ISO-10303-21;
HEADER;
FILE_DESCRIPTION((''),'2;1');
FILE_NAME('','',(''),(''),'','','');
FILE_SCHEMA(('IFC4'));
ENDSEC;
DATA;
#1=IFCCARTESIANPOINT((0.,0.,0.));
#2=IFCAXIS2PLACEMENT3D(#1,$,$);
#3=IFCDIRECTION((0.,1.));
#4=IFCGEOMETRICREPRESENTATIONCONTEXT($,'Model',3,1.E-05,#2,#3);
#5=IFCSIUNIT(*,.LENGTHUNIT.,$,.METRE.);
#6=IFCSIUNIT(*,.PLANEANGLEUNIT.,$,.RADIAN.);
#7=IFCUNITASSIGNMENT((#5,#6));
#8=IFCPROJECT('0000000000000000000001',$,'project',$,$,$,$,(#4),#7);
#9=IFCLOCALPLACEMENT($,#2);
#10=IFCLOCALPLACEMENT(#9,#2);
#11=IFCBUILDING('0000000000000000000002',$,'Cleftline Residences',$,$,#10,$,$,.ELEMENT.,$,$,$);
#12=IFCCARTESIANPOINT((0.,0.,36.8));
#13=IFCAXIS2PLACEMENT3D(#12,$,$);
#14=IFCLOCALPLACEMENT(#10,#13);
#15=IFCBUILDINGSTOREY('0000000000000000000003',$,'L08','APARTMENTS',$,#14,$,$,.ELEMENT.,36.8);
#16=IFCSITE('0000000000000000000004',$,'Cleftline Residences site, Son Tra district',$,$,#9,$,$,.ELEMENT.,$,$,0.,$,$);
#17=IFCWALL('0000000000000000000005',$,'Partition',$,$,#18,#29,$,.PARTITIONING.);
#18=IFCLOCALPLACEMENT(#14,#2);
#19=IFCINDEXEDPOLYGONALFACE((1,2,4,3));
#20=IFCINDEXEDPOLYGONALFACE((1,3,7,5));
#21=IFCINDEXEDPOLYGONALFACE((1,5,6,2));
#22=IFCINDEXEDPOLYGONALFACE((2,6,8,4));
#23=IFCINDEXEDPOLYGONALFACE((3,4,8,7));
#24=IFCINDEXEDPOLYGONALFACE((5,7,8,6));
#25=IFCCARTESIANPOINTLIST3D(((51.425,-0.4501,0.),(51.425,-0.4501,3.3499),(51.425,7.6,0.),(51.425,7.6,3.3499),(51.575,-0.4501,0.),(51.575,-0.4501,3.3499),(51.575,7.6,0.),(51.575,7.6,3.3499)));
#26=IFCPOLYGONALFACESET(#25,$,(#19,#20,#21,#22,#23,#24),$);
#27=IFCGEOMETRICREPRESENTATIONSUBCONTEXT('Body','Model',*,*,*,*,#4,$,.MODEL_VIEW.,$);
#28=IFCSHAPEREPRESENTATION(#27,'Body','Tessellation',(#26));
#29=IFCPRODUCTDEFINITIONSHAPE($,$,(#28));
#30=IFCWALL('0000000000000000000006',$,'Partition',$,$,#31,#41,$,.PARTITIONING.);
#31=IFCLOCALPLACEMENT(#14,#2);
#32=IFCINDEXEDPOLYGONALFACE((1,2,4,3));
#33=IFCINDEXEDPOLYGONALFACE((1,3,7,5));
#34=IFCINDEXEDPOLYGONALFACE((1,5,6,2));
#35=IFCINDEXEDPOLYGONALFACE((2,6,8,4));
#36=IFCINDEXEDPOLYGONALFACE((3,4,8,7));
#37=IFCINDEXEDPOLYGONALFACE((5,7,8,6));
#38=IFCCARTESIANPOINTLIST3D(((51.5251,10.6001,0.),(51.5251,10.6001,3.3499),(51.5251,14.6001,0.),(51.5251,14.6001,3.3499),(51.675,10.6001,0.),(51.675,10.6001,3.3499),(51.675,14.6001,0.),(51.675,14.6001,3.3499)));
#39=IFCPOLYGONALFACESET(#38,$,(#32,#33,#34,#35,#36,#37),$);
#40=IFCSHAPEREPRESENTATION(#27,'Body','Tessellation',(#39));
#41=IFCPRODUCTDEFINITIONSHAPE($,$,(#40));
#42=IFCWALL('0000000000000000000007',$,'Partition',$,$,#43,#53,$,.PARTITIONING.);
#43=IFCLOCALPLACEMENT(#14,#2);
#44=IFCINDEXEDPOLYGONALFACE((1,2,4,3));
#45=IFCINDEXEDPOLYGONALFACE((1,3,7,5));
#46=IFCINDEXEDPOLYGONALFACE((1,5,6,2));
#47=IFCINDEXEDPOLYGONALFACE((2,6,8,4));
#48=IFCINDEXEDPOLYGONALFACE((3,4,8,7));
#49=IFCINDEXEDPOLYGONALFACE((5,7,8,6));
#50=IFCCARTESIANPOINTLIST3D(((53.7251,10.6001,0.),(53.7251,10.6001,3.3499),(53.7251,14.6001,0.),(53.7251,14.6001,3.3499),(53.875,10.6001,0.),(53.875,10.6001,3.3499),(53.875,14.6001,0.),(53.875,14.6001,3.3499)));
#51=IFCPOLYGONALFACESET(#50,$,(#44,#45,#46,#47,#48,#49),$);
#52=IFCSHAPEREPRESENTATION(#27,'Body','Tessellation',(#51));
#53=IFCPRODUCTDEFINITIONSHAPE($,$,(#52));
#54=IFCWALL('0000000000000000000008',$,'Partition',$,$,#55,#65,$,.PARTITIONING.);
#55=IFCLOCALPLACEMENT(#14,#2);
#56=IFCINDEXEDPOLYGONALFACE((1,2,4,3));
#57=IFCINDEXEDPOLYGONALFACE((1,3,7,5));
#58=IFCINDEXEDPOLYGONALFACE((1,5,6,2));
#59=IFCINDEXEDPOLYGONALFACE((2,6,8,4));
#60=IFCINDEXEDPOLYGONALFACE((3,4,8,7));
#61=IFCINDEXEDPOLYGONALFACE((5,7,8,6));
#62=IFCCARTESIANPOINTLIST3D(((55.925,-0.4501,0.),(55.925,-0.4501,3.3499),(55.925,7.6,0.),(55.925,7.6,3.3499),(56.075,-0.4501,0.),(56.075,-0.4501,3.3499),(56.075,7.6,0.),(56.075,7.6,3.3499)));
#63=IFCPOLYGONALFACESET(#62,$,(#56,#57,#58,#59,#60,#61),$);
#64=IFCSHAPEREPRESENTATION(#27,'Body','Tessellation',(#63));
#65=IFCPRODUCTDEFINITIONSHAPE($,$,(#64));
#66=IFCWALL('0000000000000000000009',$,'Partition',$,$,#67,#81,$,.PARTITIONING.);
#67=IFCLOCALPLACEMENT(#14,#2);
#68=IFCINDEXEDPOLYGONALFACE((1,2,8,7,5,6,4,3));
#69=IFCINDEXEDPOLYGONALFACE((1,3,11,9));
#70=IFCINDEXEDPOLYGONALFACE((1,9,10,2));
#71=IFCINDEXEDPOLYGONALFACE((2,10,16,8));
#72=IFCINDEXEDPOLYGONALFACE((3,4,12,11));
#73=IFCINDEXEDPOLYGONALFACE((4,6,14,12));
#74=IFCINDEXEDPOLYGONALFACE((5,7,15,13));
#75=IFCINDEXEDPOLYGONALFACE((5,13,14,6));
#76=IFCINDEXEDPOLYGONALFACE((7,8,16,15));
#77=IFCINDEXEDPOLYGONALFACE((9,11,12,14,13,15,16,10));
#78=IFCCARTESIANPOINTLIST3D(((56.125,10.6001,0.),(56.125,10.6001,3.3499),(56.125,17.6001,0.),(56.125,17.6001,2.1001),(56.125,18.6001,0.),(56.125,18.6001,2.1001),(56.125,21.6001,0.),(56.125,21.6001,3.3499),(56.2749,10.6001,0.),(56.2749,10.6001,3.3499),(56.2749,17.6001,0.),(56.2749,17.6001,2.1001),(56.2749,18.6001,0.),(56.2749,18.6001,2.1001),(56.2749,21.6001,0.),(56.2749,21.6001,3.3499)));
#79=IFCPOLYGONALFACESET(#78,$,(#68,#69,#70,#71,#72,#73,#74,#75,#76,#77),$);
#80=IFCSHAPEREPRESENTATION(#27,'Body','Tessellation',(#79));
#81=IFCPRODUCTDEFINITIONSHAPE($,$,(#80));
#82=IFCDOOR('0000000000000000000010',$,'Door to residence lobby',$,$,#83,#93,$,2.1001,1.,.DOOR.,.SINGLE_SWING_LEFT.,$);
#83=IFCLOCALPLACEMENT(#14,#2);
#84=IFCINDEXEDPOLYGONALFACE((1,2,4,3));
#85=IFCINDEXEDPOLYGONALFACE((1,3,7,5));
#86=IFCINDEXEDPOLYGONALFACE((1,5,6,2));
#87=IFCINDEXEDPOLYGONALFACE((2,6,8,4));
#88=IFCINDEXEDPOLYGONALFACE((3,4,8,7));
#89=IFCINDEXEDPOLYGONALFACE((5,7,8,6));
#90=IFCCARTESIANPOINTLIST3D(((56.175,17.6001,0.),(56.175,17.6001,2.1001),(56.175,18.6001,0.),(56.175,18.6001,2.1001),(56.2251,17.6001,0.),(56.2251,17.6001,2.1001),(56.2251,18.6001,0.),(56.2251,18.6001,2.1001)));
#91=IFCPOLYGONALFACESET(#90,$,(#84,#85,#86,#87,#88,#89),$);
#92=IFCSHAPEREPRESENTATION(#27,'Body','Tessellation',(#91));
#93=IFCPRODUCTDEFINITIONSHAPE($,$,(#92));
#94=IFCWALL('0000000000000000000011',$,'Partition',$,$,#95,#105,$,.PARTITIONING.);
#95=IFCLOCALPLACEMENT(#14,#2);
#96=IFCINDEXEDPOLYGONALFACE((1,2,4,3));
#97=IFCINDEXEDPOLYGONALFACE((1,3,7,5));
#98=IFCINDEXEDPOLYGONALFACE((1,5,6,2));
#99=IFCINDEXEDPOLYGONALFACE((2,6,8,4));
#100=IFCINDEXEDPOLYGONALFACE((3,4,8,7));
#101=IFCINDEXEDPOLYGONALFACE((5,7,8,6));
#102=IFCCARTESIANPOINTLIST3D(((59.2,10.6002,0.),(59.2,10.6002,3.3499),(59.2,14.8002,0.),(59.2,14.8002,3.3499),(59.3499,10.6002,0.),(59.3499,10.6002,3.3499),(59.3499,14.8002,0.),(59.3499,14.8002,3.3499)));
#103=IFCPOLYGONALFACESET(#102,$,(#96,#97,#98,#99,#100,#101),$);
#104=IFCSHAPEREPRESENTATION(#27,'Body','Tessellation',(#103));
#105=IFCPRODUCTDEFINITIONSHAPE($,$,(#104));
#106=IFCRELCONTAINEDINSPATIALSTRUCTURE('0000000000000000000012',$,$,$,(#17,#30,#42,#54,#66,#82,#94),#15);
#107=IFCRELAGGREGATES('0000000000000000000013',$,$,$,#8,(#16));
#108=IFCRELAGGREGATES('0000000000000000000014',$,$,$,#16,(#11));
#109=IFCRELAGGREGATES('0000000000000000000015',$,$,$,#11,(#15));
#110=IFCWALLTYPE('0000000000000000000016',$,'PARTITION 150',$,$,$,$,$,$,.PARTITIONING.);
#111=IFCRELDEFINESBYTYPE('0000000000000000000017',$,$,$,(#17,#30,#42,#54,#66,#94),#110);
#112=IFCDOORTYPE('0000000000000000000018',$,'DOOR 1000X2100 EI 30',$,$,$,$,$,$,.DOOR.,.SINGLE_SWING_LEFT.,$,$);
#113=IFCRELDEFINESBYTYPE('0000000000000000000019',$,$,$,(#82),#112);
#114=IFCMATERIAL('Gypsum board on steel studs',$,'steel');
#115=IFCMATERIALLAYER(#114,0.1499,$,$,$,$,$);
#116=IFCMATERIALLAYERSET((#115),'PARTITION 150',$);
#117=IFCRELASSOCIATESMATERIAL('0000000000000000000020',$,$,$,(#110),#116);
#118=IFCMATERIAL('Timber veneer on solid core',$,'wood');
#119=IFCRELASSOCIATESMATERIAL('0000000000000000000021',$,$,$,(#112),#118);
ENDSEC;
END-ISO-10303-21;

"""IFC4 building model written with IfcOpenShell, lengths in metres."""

from ifc_helpers import new_model, si_unit, direction, frame, frame_2d, origin, place, context, subcontext, project, spatial, rectangle, extrude, material, layer, layer_set, type_object, element, fill, save


model = new_model("IFC4")

# Units and contexts
model_context = context("Model", 3, precision=1e-05, world=origin(), true_north=direction((0.0, 1.0)))
body_context = subcontext(model_context, "Body", "Model", "MODEL_VIEW")
ifc_project = project(units=[si_unit("LENGTHUNIT", "METRE"), si_unit("PLANEANGLEUNIT", "RADIAN")], contexts=[model_context])

# Site, building, storey
site_placement = place(None, origin())
site = spatial("IfcSite", under=ifc_project, at=site_placement, Name="Cleftline Residences site, Son Tra district", CompositionType="ELEMENT", RefElevation=0.0)
building_placement = place(site_placement, origin())
building = spatial("IfcBuilding", under=site, at=building_placement, Name="Cleftline Residences", CompositionType="ELEMENT")
storey_placement = place(building_placement, frame((0.0, 0.0, 36.8)))
storey = spatial("IfcBuildingStorey", under=building, at=storey_placement, Name="L08", Description="APARTMENTS", CompositionType="ELEMENT", Elevation=36.8)

# Shared definitions
ifc_material_1 = material(Name="Gypsum board on steel studs", Category="steel")
ifc_layer_1 = layer(ifc_material_1, 0.1499)
ifc_layer_set_1 = layer_set([ifc_layer_1], Name="PARTITION 150")
wall_type_1 = type_object("IfcWallType", Name="PARTITION 150", PredefinedType="PARTITIONING", material=ifc_layer_set_1)

# Walls
wall_1_placement = place(storey_placement, frame((51.5, -0.45, 0.0), z_axis=(0.0, 0.0, 1.0), x_axis=(0.0, 1.0, 0.0)))
element("IfcWall", 1, at=wall_1_placement, inside=storey, type_object=wall_type_1, Name="Partition", PredefinedType="PARTITIONING", context=body_context, shape_type="SweptSolid", body=[
    extrude(rectangle(XDim=8.05, YDim=0.1499, at=frame_2d((4.0249, 0.0))), origin(), (0.0, 0.0, 1.0), 3.3499),
])
for number, where, z_axis, x_axis, name in (
    (2, (51.6001, 10.6001, 0.0), (0.0, 0.0, 1.0), (0.0, 1.0, 0.0), "Partition"),
    (3, (53.8, 10.6001, 0.0), (0.0, 0.0, 1.0), (0.0, 1.0, 0.0), "Partition"),
):
    element("IfcWall", number, at=place(storey_placement, frame(where, z_axis=z_axis, x_axis=x_axis)), inside=storey, type_object=wall_type_1, Name=name, PredefinedType="PARTITIONING", context=body_context, shape_type="SweptSolid", body=[
        extrude(rectangle(XDim=4.0, YDim=0.1499, at=frame_2d((2.0, 0.0))), origin(), (0.0, 0.0, 1.0), 3.3499),
    ])
wall_2_placement = place(storey_placement, frame((56.0, -0.45, 0.0), z_axis=(0.0, 0.0, 1.0), x_axis=(0.0, 1.0, 0.0)))
element("IfcWall", 4, at=wall_2_placement, inside=storey, type_object=wall_type_1, Name="Partition", PredefinedType="PARTITIONING", context=body_context, shape_type="SweptSolid", body=[
    extrude(rectangle(XDim=8.05, YDim=0.1499, at=frame_2d((4.0249, 0.0))), origin(), (0.0, 0.0, 1.0), 3.3499),
])

# Wall, opening, door
wall_3_placement = place(storey_placement, frame((56.2, 10.6001, 0.0), z_axis=(0.0, 0.0, 1.0), x_axis=(0.0, 1.0, 0.0)))
wall_3 = element("IfcWall", 5, at=wall_3_placement, inside=storey, type_object=wall_type_1, Name="Partition", PredefinedType="PARTITIONING", context=body_context, shape_type="SweptSolid", body=[
    extrude(rectangle(XDim=11.0, YDim=0.1499, at=frame_2d((5.5, 0.0))), origin(), (0.0, 0.0, 1.0), 3.3499),
])
opening_1_placement = place(wall_3_placement, frame((7.0, 0.0, 0.0)))
opening_1 = element("IfcOpeningElement", 6, at=opening_1_placement, cuts=wall_3, PredefinedType="OPENING", context=body_context, shape_type="SweptSolid", body=[
    extrude(rectangle(XDim=1.0, YDim=2.1001, at=frame_2d((0.5, 1.05))), frame((0.0, 0.085, 0.0), z_axis=(0.0, -1.0, 0.0), x_axis=(1.0, 0.0, 0.0)), (0.0, 0.0, 1.0), 0.1699),
])
ifc_material_2 = material(Name="Timber veneer on solid core", Category="wood")
door_type_1 = type_object("IfcDoorType", Name="DOOR 1000X2100 EI 30", OperationType="SINGLE_SWING_LEFT", PredefinedType="DOOR", material=ifc_material_2)
door_1_placement = place(opening_1_placement, origin())
door_1 = element("IfcDoor", 7, at=door_1_placement, inside=storey, type_object=door_type_1, Name="Door to residence lobby", OperationType="SINGLE_SWING_LEFT", OverallHeight=2.1001, OverallWidth=1.0, PredefinedType="DOOR", context=body_context, shape_type="SweptSolid", body=[
    extrude(rectangle(XDim=1.0, YDim=2.1001, at=frame_2d((0.5, 1.05))), frame((0.0, 0.0249, 0.0), z_axis=(0.0, -1.0, 0.0), x_axis=(1.0, 0.0, 0.0)), (0.0, 0.0, 1.0), 0.05),
])
fill(opening_1, door_1)

# Wall
wall_4_placement = place(storey_placement, frame((59.2749, 10.6001, 0.0), z_axis=(0.0, 0.0, 1.0), x_axis=(0.0, 1.0, 0.0)))
element("IfcWall", 8, at=wall_4_placement, inside=storey, type_object=wall_type_1, Name="Partition", PredefinedType="PARTITIONING", context=body_context, shape_type="SweptSolid", body=[
    extrude(rectangle(XDim=4.2, YDim=0.1499, at=frame_2d((2.1001, 0.0))), origin(), (0.0, 0.0, 1.0), 3.3499),
])

save(model, "model.ifc")
